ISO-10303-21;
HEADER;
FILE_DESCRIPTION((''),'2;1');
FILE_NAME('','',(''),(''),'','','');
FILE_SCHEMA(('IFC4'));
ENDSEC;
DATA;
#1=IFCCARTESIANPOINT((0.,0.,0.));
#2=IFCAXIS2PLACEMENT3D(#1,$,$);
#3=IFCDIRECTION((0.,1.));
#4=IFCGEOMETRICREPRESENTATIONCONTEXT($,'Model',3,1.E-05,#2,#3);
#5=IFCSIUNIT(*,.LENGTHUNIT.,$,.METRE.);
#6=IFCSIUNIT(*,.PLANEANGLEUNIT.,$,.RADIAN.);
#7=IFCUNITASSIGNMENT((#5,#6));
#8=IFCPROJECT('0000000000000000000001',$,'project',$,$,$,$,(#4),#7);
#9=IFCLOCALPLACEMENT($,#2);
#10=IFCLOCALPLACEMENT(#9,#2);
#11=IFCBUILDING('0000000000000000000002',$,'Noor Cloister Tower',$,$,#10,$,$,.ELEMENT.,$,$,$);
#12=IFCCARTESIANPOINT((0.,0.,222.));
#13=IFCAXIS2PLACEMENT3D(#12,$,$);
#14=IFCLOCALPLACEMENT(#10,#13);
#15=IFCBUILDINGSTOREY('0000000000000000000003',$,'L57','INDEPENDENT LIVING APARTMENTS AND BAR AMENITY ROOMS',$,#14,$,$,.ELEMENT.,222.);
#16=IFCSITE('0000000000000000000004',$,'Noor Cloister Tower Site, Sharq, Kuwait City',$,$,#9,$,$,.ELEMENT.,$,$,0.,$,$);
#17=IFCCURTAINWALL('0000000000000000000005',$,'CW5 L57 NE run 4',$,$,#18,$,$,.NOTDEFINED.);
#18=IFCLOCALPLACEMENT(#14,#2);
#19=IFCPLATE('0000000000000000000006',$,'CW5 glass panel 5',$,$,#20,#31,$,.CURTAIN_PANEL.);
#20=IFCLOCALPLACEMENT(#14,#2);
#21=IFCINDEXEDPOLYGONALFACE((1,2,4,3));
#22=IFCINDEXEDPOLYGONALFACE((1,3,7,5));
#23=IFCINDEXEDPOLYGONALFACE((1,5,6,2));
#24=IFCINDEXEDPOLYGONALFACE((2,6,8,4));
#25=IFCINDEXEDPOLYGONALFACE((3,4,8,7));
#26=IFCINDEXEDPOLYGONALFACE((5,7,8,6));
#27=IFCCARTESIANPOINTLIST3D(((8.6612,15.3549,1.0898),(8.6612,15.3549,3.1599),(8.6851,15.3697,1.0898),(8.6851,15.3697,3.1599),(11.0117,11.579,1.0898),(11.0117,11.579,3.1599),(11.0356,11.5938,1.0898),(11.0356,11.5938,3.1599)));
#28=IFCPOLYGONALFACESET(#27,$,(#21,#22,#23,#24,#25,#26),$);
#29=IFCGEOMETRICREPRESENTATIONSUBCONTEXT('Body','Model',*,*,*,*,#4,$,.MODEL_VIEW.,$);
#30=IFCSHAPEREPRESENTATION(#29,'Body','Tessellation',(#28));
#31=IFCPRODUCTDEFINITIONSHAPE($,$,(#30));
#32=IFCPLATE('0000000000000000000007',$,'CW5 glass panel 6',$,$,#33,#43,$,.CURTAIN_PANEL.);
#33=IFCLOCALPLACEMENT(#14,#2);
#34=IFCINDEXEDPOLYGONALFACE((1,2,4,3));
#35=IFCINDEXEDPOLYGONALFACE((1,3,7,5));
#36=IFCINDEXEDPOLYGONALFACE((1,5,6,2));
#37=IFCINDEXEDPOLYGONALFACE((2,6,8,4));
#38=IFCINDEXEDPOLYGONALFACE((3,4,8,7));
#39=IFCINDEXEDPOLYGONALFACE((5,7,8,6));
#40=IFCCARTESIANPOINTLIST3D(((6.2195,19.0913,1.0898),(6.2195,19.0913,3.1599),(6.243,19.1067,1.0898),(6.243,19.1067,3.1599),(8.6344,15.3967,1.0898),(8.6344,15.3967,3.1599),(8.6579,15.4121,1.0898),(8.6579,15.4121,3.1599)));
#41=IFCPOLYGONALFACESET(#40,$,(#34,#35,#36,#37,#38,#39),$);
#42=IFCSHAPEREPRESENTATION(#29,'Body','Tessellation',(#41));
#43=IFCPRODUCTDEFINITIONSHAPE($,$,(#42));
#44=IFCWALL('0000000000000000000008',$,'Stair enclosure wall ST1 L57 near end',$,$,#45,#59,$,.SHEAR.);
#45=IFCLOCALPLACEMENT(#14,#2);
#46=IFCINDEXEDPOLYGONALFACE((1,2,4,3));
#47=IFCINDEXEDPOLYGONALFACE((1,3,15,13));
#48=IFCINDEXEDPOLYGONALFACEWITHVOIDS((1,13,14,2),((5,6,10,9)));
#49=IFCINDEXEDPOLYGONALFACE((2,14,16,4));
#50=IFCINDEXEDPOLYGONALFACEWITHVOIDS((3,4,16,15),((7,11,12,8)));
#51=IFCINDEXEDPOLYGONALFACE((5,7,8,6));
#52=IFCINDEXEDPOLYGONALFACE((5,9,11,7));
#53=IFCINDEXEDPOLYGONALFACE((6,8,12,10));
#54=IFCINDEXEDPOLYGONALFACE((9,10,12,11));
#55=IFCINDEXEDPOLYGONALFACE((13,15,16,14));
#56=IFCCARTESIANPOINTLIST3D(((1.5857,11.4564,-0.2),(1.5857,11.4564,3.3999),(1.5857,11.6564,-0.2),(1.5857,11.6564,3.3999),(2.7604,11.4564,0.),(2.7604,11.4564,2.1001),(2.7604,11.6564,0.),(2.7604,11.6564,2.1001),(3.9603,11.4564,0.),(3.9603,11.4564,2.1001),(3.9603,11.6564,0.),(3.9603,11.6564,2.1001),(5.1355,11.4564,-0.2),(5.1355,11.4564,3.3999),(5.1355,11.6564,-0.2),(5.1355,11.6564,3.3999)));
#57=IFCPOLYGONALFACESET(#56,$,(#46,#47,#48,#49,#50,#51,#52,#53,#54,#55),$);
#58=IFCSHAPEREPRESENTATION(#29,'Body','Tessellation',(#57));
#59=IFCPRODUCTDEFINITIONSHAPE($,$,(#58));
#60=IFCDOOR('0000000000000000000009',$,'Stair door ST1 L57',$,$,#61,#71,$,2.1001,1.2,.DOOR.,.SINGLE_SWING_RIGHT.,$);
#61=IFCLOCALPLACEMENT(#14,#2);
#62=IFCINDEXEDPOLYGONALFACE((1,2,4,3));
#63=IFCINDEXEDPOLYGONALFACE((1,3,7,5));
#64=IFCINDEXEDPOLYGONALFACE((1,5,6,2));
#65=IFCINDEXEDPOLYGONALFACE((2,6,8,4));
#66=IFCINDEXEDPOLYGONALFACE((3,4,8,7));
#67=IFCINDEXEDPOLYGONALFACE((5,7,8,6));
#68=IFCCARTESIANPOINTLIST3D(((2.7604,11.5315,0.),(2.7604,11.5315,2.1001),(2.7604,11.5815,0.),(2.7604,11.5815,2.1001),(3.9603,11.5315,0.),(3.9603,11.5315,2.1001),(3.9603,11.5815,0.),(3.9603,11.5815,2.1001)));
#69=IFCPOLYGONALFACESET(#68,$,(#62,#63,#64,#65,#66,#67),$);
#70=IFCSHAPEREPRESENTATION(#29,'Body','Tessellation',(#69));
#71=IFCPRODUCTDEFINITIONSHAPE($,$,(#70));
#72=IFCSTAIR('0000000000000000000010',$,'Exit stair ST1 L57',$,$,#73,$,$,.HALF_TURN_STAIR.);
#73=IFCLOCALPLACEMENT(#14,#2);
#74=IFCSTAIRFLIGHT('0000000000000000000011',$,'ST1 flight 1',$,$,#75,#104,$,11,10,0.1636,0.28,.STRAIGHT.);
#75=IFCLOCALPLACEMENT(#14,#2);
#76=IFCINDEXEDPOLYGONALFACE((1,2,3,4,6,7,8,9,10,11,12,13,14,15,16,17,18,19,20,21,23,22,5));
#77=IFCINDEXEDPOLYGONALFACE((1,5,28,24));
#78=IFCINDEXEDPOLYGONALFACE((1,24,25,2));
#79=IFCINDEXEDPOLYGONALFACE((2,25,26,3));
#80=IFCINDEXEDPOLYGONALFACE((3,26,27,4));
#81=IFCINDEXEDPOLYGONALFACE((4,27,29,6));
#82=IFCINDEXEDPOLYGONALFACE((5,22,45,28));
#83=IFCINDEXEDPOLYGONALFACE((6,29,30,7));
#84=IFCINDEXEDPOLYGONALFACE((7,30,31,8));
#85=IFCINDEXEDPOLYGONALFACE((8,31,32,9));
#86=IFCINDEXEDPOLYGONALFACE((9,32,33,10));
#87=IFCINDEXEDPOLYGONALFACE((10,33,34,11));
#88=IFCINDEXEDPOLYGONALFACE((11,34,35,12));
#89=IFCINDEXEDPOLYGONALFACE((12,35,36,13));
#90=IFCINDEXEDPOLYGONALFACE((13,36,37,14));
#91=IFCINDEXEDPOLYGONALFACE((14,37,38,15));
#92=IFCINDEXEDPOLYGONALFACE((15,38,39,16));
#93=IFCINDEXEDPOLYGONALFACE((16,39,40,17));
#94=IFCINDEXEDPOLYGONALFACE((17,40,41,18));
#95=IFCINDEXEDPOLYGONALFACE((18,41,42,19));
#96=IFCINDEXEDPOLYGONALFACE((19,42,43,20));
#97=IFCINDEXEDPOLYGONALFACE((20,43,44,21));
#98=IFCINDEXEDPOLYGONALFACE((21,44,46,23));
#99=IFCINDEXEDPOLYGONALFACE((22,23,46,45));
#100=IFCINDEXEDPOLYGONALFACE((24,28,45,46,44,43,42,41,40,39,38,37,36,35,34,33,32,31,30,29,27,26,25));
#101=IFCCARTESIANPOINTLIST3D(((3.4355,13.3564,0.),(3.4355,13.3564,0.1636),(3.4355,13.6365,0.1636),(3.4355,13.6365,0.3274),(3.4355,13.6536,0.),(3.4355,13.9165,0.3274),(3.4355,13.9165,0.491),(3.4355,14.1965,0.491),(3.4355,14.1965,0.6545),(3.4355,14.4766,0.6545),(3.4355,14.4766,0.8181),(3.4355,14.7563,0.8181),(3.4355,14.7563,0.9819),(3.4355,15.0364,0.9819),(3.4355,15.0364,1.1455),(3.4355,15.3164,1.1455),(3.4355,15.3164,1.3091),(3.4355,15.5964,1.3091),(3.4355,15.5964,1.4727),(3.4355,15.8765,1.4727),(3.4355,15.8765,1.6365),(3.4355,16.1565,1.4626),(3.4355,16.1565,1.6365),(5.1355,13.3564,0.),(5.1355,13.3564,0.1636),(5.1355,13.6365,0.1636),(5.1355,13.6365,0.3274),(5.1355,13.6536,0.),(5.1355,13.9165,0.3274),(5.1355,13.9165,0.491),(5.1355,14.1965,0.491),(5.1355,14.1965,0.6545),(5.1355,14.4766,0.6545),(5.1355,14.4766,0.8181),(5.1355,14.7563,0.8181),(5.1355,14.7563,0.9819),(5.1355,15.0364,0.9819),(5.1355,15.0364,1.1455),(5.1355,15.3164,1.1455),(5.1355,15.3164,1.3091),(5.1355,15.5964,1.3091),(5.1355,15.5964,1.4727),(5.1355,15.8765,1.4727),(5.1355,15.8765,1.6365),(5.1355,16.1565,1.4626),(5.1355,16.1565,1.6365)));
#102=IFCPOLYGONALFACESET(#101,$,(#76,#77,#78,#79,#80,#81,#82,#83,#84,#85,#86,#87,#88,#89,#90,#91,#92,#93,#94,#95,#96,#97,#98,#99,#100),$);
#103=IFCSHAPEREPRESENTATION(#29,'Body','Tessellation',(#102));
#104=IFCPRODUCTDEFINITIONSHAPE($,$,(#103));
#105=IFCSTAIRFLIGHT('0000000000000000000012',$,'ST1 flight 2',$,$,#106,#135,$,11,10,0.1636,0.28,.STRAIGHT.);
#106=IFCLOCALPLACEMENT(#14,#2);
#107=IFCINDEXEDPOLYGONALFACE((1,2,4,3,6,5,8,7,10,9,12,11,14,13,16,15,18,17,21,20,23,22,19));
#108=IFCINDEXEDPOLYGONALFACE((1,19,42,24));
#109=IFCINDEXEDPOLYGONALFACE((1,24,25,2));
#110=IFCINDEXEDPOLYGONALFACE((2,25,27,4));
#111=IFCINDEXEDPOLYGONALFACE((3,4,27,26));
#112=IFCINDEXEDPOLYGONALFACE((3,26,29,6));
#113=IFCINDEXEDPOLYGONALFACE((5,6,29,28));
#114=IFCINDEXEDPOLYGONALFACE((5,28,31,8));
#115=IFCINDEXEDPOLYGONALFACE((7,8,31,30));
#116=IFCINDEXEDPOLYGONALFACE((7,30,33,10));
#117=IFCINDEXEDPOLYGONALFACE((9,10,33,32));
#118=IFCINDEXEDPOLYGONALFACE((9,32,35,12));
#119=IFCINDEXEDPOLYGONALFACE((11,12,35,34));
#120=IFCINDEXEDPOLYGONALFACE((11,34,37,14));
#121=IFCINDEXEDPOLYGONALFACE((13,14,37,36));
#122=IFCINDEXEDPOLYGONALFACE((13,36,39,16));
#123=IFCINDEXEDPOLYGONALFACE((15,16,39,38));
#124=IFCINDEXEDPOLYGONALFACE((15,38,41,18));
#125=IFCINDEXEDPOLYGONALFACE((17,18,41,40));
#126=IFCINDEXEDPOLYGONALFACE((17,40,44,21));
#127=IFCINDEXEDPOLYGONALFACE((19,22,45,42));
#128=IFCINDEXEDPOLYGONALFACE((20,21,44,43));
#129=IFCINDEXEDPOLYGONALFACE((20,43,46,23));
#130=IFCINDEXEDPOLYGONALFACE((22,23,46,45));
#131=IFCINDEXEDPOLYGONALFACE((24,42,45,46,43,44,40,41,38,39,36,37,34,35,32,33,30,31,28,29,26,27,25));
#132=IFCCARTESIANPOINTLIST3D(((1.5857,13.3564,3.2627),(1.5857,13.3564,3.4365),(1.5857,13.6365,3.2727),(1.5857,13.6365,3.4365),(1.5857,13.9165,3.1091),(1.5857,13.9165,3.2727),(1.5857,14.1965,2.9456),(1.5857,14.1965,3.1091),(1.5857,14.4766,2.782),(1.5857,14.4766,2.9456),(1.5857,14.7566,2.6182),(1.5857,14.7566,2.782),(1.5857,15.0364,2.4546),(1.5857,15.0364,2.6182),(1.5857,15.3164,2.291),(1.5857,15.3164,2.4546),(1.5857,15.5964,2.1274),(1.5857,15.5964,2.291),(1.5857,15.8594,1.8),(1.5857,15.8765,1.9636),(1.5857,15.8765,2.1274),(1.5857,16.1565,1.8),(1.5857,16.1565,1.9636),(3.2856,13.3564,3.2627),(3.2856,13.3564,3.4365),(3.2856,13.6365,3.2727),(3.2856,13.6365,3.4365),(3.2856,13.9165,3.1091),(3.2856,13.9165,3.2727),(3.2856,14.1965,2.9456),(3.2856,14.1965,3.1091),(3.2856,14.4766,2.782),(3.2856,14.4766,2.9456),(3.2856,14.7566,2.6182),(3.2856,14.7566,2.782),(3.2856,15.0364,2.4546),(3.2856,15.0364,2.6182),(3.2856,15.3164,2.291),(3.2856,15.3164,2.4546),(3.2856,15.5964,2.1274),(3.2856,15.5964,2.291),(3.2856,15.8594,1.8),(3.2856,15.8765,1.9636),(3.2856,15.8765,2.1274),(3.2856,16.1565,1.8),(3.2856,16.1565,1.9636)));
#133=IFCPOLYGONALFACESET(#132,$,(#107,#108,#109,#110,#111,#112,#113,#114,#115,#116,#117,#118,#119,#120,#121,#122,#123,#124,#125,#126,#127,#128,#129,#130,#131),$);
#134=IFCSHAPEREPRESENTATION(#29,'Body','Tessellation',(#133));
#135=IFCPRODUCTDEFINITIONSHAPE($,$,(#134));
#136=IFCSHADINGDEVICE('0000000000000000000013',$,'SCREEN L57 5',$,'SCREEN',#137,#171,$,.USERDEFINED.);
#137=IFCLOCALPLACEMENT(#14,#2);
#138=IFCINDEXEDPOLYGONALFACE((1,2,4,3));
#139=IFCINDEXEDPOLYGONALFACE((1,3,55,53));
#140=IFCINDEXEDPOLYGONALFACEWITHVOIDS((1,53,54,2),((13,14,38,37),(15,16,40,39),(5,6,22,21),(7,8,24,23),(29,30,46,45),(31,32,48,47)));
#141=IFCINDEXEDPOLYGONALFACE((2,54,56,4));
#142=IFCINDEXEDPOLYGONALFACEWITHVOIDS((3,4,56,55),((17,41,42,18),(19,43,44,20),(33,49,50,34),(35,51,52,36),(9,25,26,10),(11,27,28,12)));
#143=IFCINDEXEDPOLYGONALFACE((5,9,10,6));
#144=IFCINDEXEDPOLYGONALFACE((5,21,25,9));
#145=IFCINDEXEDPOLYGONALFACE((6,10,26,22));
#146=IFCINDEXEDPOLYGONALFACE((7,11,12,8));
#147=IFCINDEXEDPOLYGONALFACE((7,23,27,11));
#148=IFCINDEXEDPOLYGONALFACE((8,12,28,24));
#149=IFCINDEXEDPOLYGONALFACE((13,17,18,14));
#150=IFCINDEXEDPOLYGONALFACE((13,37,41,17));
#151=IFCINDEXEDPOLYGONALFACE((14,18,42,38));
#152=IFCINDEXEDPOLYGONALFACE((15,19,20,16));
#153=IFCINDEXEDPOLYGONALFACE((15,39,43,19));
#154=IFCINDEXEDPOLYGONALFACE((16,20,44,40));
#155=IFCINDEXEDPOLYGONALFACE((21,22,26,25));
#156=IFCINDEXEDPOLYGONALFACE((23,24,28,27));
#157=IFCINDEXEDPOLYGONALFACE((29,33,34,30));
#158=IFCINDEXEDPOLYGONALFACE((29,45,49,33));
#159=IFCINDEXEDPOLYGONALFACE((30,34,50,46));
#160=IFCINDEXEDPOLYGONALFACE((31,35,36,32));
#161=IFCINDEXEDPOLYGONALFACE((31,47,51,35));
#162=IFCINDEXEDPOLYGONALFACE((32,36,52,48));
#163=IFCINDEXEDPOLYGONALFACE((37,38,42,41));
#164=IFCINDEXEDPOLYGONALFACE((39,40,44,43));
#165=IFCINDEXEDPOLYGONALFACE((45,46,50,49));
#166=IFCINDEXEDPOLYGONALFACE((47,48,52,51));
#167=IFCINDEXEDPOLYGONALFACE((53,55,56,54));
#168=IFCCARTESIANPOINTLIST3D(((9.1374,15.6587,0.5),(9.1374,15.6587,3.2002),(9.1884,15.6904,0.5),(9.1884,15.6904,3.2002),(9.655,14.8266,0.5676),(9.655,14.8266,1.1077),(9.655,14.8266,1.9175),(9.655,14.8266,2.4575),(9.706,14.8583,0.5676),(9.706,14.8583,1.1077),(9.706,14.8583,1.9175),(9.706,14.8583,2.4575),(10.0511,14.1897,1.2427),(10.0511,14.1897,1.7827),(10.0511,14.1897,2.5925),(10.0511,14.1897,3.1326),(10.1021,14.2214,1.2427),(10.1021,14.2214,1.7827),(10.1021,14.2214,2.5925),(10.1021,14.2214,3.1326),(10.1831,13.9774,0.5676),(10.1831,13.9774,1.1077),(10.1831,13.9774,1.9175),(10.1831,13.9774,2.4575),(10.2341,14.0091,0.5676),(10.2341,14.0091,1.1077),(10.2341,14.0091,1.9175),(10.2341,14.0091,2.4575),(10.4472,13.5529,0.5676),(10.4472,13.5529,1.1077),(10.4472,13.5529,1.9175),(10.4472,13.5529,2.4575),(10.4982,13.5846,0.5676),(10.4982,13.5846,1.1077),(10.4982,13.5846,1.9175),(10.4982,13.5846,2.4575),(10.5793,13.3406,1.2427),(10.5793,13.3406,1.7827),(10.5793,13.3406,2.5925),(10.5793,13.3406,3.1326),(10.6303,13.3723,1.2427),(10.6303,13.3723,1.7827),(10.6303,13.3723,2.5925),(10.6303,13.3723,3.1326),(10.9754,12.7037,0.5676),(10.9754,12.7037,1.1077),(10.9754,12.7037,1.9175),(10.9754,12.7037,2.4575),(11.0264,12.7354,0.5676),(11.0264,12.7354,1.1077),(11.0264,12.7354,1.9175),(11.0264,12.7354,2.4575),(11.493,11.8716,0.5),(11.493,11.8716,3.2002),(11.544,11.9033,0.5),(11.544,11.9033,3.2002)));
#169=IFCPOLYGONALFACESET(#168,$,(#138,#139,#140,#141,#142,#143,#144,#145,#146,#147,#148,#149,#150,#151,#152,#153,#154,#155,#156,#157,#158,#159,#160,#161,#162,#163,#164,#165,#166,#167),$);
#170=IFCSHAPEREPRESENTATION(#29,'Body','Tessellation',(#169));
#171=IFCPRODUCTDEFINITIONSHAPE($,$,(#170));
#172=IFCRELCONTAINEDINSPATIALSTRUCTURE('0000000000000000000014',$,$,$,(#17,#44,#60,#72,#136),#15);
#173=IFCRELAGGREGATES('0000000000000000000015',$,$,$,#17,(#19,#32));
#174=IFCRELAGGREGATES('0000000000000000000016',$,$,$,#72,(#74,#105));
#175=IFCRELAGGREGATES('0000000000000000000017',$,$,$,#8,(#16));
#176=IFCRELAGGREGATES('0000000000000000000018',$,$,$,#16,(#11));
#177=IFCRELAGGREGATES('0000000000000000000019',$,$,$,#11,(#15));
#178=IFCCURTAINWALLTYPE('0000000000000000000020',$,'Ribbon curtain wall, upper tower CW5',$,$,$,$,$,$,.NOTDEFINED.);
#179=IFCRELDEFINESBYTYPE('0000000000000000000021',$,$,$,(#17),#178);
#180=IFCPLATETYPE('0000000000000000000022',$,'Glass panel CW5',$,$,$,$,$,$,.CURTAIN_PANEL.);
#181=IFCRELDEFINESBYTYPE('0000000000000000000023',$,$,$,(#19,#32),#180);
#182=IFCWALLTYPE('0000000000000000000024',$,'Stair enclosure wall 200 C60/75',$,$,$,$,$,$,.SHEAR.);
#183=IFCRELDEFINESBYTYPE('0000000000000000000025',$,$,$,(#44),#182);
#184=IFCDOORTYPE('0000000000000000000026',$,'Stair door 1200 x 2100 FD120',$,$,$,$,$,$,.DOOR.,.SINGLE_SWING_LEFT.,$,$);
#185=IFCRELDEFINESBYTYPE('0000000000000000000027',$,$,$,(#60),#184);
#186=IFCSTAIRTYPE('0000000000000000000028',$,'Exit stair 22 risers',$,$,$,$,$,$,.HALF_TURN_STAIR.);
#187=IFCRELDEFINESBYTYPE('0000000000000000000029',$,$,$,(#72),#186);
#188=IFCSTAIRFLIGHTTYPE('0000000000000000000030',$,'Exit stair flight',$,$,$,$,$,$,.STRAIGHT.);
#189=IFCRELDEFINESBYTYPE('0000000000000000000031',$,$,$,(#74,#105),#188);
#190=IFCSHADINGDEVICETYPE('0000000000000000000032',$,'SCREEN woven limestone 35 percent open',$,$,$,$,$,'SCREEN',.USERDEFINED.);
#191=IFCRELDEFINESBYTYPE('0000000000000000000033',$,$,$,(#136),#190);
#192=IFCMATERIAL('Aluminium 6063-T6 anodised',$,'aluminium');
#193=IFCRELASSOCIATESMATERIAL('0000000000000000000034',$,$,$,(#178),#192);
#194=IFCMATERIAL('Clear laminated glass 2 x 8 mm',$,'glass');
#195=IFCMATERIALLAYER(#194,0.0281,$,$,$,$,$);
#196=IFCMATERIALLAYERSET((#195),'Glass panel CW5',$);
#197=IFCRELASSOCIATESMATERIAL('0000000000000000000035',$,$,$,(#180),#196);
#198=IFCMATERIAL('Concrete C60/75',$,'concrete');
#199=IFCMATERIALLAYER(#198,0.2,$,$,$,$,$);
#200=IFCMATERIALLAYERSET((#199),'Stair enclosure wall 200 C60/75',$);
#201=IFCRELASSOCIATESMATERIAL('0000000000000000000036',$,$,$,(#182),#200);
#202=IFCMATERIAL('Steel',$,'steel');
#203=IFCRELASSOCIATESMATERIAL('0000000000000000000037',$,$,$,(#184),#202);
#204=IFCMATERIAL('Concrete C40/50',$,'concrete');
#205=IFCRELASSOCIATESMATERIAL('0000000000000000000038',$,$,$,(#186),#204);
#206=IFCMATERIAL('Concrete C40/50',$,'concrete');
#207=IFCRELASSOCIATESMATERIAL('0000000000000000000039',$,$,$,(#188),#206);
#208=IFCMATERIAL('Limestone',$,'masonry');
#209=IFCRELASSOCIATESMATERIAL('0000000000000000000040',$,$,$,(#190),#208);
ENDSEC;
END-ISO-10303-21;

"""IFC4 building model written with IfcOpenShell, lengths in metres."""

from ifc_helpers import new_model, si_unit, direction, frame, frame_2d, origin, origin_2d, place, context, subcontext, project, spatial, polyline, rectangle, outline, extrude, material, layer, layer_set, material_profile, profile_set, type_object, element, fill, aggregate, save


model = new_model("IFC4")

# Units and contexts
model_context = context("Model", 3, precision=1e-05, world=origin(), true_north=direction((0.0, 1.0)))
body_context = subcontext(model_context, "Body", "Model", "MODEL_VIEW")
ifc_project = project(units=[si_unit("LENGTHUNIT", "METRE"), si_unit("PLANEANGLEUNIT", "RADIAN")], contexts=[model_context])

# Site, building, storey
site_placement = place(None, origin())
site = spatial("IfcSite", under=ifc_project, at=site_placement, Name="Noor Cloister Tower Site, Sharq, Kuwait City", CompositionType="ELEMENT", RefElevation=0.0)
building_placement = place(site_placement, origin())
building = spatial("IfcBuilding", under=site, at=building_placement, Name="Noor Cloister Tower", CompositionType="ELEMENT")
storey_placement = place(building_placement, frame((0.0, 0.0, 222.0)))
storey = spatial("IfcBuildingStorey", under=building, at=storey_placement, Name="L57", Description="INDEPENDENT LIVING APARTMENTS AND BAR AMENITY ROOMS", CompositionType="ELEMENT", Elevation=222.0)

# Curtain wall
ifc_material_1 = material(Name="Aluminium 6063-T6 anodised", Category="aluminium")
curtain_wall_type = type_object("IfcCurtainWallType", Name="Ribbon curtain wall, upper tower CW5", PredefinedType="NOTDEFINED", material=ifc_material_1)
curtain_wall_placement = place(storey_placement, origin())
curtain_wall = element("IfcCurtainWall", 1, at=curtain_wall_placement, inside=storey, type_object=curtain_wall_type, Name="CW5 L57 NE run 4", PredefinedType="NOTDEFINED")

# Plates
ifc_material_2 = material(Name="Clear laminated glass 2 x 8 mm", Category="glass")
ifc_layer_1 = layer(ifc_material_2, 0.0281)
ifc_layer_set_1 = layer_set([ifc_layer_1], Name="Glass panel CW5")
plate_type = type_object("IfcPlateType", Name="Glass panel CW5", PredefinedType="CURTAIN_PANEL", material=ifc_layer_set_1)
plate_1_placement = place(storey_placement, frame((9.8484, 13.4744, 1.0898), z_axis=(0.0, 0.0, 1.0), x_axis=(-0.528471, 0.848951, 0.0)))
plate_1 = element("IfcPlate", 2, at=plate_1_placement, type_object=plate_type, Name="CW5 glass panel 5", PredefinedType="CURTAIN_PANEL", context=body_context, shape_type="SweptSolid", body=[
    extrude(rectangle(XDim=4.4478, YDim=0.0281, at=origin_2d()), origin(), (0.0, 0.0, 1.0), 2.0701),
])
plate_2_placement = place(storey_placement, frame((7.4387, 17.2517, 1.0898), z_axis=(0.0, 0.0, 1.0), x_axis=(-0.547131, 0.837047, 0.0)))
plate_2 = element("IfcPlate", 3, at=plate_2_placement, type_object=plate_type, Name="CW5 glass panel 6", PredefinedType="CURTAIN_PANEL", context=body_context, shape_type="SweptSolid", body=[
    extrude(rectangle(XDim=4.4138, YDim=0.0281, at=origin_2d()), origin(), (0.0, 0.0, 1.0), 2.0701),
])
aggregate(curtain_wall, [plate_1, plate_2])

# Wall, opening, door
ifc_material_3 = material(Name="Concrete C60/75", Category="concrete")
ifc_layer_2 = layer(ifc_material_3, 0.2)
ifc_layer_set_2 = layer_set([ifc_layer_2], Name="Stair enclosure wall 200 C60/75")
wall_type = type_object("IfcWallType", Name="Stair enclosure wall 200 C60/75", PredefinedType="SHEAR", material=ifc_layer_set_2)
wall_placement = place(storey_placement, frame((5.1355, 11.5564, -0.2), z_axis=(0.0, 0.0, 1.0), x_axis=(-1.0, 0.0, 0.0)))
wall = element("IfcWall", 4, at=wall_placement, inside=storey, type_object=wall_type, Name="Stair enclosure wall ST1 L57 near end", PredefinedType="SHEAR", context=body_context, shape_type="SweptSolid", body=[
    extrude(rectangle(XDim=3.5498, YDim=0.2, at=frame_2d((1.7749, 0.0))), origin(), (0.0, 0.0, 1.0), 3.5999),
])
opening_placement = place(wall_placement, frame((1.175, 0.0, 0.2)))
opening = element("IfcOpeningElement", 5, at=opening_placement, cuts=wall, PredefinedType="OPENING", context=body_context, shape_type="SweptSolid", body=[
    extrude(rectangle(XDim=1.2, YDim=2.1001, at=frame_2d((0.6001, 1.05))), frame((0.0, 0.1099, 0.0), z_axis=(0.0, -1.0, 0.0), x_axis=(1.0, 0.0, 0.0)), (0.0, 0.0, 1.0), 0.22),
])
ifc_material_4 = material(Name="Steel", Category="steel")
door_type = type_object("IfcDoorType", Name="Stair door 1200 x 2100 FD120", OperationType="SINGLE_SWING_LEFT", PredefinedType="DOOR", material=ifc_material_4)
door_placement = place(opening_placement, origin())
door = element("IfcDoor", 6, at=door_placement, inside=storey, type_object=door_type, Name="Stair door ST1 L57", OperationType="SINGLE_SWING_RIGHT", OverallHeight=2.1001, OverallWidth=1.2, PredefinedType="DOOR", context=body_context, shape_type="SweptSolid", body=[
    extrude(rectangle(XDim=1.2, YDim=2.1001, at=frame_2d((0.6001, 1.05))), frame((0.0, 0.0249, 0.0), z_axis=(0.0, -1.0, 0.0), x_axis=(1.0, 0.0, 0.0)), (0.0, 0.0, 1.0), 0.05),
])
fill(opening, door)

# Stair, stair flights
ifc_material_5 = material(Name="Concrete C40/50", Category="concrete")
stair_type = type_object("IfcStairType", Name="Exit stair 22 risers", PredefinedType="HALF_TURN_STAIR", material=ifc_material_5)
stair_placement = place(storey_placement, origin())
stair = element("IfcStair", 7, at=stair_placement, inside=storey, type_object=stair_type, Name="Exit stair ST1 L57", PredefinedType="HALF_TURN_STAIR")
ifc_material_6 = material(Name="Concrete C40/50", Category="concrete")
stair_flight_type = type_object("IfcStairFlightType", Name="Exit stair flight", PredefinedType="STRAIGHT", material=ifc_material_6)
stair_flight_1_placement = place(storey_placement, frame((4.2856, 13.3564, 0.0), z_axis=(0.0, 0.0, 1.0), x_axis=(0.0, 1.0, 0.0)))
stair_flight_1 = element("IfcStairFlight", 8, at=stair_flight_1_placement, type_object=stair_flight_type, Name="ST1 flight 1", NumberOfRisers=11, NumberOfTreads=10, PredefinedType="STRAIGHT", RiserHeight=0.1636, TreadLength=0.28, context=body_context, shape_type="SweptSolid", body=[
    extrude(outline(polyline([(0.0, 0.0), (0.0, 0.1636), (0.28, 0.1636), (0.28, 0.3274), (0.5601, 0.3274), (0.5601, 0.491), (0.8401, 0.491), (0.8401, 0.6545), (1.1201, 0.6545), (1.1201, 0.8181), (1.3999, 0.8181), (1.3999, 0.9819), (1.6799, 0.9819), (1.6799, 1.1455), (1.96, 1.1455), (1.96, 1.3091), (2.24, 1.3091), (2.24, 1.4727), (2.52, 1.4727), (2.52, 1.6365), (2.8, 1.6365), (2.8, 1.8), (2.8, 1.4626), (0.2971, 0.0), (0.0, 0.0)])), frame((0.0, 0.8501, 0.0), z_axis=(0.0, -1.0, 0.0), x_axis=(1.0, 0.0, 0.0)), (0.0, 0.0, 1.0), 1.7),
])
stair_flight_2_placement = place(storey_placement, frame((2.4355, 16.1565, 1.8), z_axis=(0.0, 0.0, 1.0), x_axis=(0.0, -1.0, 0.0)))
stair_flight_2 = element("IfcStairFlight", 9, at=stair_flight_2_placement, type_object=stair_flight_type, Name="ST1 flight 2", NumberOfRisers=11, NumberOfTreads=10, PredefinedType="STRAIGHT", RiserHeight=0.1636, TreadLength=0.28, context=body_context, shape_type="SweptSolid", body=[
    extrude(outline(polyline([(0.0, 0.0), (0.0, 0.1636), (0.28, 0.1636), (0.28, 0.3274), (0.5601, 0.3274), (0.5601, 0.491), (0.8401, 0.491), (0.8401, 0.6545), (1.1201, 0.6545), (1.1201, 0.8181), (1.3999, 0.8181), (1.3999, 0.9819), (1.6799, 0.9819), (1.6799, 1.1455), (1.96, 1.1455), (1.96, 1.3091), (2.24, 1.3091), (2.24, 1.4727), (2.52, 1.4727), (2.52, 1.6365), (2.8, 1.6365), (2.8, 1.8), (2.8, 1.4626), (0.2971, 0.0), (0.0, 0.0)])), frame((0.0, 0.8501, 0.0), z_axis=(0.0, -1.0, 0.0), x_axis=(1.0, 0.0, 0.0)), (0.0, 0.0, 1.0), 1.7),
])
aggregate(stair, [stair_flight_1, stair_flight_2])

# Shading device
ifc_material_7 = material(Name="Limestone", Category="masonry")
ifc_material_profile_1 = material_profile(ifc_material_7, outline(polyline([(-2.23, -1.3501), (2.23, -1.3501), (2.23, 1.3501), (-2.23, 1.3501), (-2.23, -1.3501)]), holes=[polyline([(-1.25, -1.2825), (-0.25, -1.2825), (-0.25, -0.7424), (-1.25, -0.7424), (-1.25, -1.2825)]), polyline([(0.25, -1.2825), (1.25, -1.2825), (1.25, -0.7424), (0.25, -0.7424), (0.25, -1.2825)]), polyline([(-0.5, -0.6074), (0.5, -0.6074), (0.5, -0.0674), (-0.5, -0.0674), (-0.5, -0.6074)]), polyline([(-1.25, 0.0674), (-0.25, 0.0674), (-0.25, 0.6074), (-1.25, 0.6074), (-1.25, 0.0674)]), polyline([(0.25, 0.0674), (1.25, 0.0674), (1.25, 0.6074), (0.25, 0.6074), (0.25, 0.0674)]), polyline([(-0.5, 0.7424), (0.5, 0.7424), (0.5, 1.2825), (-0.5, 1.2825), (-0.5, 0.7424)])]), Name="Woven screen 35 percent open")
ifc_profile_set_1 = profile_set([ifc_material_profile_1], Name="Limestone")
shading_device_type = type_object("IfcShadingDeviceType", Name="SCREEN woven limestone 35 percent open", ElementType="SCREEN", PredefinedType="USERDEFINED", material=ifc_profile_set_1)
shading_device_1_placement = place(storey_placement, frame((10.3152, 13.7651, 1.8501), z_axis=(0.849138, 0.528172, 0.0), x_axis=(-0.528172, 0.849138, 0.0)))
element("IfcShadingDevice", 10, at=shading_device_1_placement, inside=storey, type_object=shading_device_type, Name="SCREEN L57 5", ObjectType="SCREEN", PredefinedType="USERDEFINED", context=body_context, shape_type="SweptSolid", body=[
    extrude(outline(polyline([(-2.23, -1.3501), (2.23, -1.3501), (2.23, 1.3501), (-2.23, 1.3501), (-2.23, -1.3501)]), holes=[polyline([(-1.25, -1.2825), (-0.25, -1.2825), (-0.25, -0.7424), (-1.25, -0.7424), (-1.25, -1.2825)]), polyline([(0.25, -1.2825), (1.25, -1.2825), (1.25, -0.7424), (0.25, -0.7424), (0.25, -1.2825)]), polyline([(-0.5, -0.6074), (0.5, -0.6074), (0.5, -0.0674), (-0.5, -0.0674), (-0.5, -0.6074)]), polyline([(-1.25, 0.0674), (-0.25, 0.0674), (-0.25, 0.6074), (-1.25, 0.6074), (-1.25, 0.0674)]), polyline([(0.25, 0.0674), (1.25, 0.0674), (1.25, 0.6074), (0.25, 0.6074), (0.25, 0.0674)]), polyline([(-0.5, 0.7424), (0.5, 0.7424), (0.5, 1.2825), (-0.5, 1.2825), (-0.5, 0.7424)])]), origin(), (0.0, 0.0, 1.0), 0.0601),
])

save(model, "model.ifc")
